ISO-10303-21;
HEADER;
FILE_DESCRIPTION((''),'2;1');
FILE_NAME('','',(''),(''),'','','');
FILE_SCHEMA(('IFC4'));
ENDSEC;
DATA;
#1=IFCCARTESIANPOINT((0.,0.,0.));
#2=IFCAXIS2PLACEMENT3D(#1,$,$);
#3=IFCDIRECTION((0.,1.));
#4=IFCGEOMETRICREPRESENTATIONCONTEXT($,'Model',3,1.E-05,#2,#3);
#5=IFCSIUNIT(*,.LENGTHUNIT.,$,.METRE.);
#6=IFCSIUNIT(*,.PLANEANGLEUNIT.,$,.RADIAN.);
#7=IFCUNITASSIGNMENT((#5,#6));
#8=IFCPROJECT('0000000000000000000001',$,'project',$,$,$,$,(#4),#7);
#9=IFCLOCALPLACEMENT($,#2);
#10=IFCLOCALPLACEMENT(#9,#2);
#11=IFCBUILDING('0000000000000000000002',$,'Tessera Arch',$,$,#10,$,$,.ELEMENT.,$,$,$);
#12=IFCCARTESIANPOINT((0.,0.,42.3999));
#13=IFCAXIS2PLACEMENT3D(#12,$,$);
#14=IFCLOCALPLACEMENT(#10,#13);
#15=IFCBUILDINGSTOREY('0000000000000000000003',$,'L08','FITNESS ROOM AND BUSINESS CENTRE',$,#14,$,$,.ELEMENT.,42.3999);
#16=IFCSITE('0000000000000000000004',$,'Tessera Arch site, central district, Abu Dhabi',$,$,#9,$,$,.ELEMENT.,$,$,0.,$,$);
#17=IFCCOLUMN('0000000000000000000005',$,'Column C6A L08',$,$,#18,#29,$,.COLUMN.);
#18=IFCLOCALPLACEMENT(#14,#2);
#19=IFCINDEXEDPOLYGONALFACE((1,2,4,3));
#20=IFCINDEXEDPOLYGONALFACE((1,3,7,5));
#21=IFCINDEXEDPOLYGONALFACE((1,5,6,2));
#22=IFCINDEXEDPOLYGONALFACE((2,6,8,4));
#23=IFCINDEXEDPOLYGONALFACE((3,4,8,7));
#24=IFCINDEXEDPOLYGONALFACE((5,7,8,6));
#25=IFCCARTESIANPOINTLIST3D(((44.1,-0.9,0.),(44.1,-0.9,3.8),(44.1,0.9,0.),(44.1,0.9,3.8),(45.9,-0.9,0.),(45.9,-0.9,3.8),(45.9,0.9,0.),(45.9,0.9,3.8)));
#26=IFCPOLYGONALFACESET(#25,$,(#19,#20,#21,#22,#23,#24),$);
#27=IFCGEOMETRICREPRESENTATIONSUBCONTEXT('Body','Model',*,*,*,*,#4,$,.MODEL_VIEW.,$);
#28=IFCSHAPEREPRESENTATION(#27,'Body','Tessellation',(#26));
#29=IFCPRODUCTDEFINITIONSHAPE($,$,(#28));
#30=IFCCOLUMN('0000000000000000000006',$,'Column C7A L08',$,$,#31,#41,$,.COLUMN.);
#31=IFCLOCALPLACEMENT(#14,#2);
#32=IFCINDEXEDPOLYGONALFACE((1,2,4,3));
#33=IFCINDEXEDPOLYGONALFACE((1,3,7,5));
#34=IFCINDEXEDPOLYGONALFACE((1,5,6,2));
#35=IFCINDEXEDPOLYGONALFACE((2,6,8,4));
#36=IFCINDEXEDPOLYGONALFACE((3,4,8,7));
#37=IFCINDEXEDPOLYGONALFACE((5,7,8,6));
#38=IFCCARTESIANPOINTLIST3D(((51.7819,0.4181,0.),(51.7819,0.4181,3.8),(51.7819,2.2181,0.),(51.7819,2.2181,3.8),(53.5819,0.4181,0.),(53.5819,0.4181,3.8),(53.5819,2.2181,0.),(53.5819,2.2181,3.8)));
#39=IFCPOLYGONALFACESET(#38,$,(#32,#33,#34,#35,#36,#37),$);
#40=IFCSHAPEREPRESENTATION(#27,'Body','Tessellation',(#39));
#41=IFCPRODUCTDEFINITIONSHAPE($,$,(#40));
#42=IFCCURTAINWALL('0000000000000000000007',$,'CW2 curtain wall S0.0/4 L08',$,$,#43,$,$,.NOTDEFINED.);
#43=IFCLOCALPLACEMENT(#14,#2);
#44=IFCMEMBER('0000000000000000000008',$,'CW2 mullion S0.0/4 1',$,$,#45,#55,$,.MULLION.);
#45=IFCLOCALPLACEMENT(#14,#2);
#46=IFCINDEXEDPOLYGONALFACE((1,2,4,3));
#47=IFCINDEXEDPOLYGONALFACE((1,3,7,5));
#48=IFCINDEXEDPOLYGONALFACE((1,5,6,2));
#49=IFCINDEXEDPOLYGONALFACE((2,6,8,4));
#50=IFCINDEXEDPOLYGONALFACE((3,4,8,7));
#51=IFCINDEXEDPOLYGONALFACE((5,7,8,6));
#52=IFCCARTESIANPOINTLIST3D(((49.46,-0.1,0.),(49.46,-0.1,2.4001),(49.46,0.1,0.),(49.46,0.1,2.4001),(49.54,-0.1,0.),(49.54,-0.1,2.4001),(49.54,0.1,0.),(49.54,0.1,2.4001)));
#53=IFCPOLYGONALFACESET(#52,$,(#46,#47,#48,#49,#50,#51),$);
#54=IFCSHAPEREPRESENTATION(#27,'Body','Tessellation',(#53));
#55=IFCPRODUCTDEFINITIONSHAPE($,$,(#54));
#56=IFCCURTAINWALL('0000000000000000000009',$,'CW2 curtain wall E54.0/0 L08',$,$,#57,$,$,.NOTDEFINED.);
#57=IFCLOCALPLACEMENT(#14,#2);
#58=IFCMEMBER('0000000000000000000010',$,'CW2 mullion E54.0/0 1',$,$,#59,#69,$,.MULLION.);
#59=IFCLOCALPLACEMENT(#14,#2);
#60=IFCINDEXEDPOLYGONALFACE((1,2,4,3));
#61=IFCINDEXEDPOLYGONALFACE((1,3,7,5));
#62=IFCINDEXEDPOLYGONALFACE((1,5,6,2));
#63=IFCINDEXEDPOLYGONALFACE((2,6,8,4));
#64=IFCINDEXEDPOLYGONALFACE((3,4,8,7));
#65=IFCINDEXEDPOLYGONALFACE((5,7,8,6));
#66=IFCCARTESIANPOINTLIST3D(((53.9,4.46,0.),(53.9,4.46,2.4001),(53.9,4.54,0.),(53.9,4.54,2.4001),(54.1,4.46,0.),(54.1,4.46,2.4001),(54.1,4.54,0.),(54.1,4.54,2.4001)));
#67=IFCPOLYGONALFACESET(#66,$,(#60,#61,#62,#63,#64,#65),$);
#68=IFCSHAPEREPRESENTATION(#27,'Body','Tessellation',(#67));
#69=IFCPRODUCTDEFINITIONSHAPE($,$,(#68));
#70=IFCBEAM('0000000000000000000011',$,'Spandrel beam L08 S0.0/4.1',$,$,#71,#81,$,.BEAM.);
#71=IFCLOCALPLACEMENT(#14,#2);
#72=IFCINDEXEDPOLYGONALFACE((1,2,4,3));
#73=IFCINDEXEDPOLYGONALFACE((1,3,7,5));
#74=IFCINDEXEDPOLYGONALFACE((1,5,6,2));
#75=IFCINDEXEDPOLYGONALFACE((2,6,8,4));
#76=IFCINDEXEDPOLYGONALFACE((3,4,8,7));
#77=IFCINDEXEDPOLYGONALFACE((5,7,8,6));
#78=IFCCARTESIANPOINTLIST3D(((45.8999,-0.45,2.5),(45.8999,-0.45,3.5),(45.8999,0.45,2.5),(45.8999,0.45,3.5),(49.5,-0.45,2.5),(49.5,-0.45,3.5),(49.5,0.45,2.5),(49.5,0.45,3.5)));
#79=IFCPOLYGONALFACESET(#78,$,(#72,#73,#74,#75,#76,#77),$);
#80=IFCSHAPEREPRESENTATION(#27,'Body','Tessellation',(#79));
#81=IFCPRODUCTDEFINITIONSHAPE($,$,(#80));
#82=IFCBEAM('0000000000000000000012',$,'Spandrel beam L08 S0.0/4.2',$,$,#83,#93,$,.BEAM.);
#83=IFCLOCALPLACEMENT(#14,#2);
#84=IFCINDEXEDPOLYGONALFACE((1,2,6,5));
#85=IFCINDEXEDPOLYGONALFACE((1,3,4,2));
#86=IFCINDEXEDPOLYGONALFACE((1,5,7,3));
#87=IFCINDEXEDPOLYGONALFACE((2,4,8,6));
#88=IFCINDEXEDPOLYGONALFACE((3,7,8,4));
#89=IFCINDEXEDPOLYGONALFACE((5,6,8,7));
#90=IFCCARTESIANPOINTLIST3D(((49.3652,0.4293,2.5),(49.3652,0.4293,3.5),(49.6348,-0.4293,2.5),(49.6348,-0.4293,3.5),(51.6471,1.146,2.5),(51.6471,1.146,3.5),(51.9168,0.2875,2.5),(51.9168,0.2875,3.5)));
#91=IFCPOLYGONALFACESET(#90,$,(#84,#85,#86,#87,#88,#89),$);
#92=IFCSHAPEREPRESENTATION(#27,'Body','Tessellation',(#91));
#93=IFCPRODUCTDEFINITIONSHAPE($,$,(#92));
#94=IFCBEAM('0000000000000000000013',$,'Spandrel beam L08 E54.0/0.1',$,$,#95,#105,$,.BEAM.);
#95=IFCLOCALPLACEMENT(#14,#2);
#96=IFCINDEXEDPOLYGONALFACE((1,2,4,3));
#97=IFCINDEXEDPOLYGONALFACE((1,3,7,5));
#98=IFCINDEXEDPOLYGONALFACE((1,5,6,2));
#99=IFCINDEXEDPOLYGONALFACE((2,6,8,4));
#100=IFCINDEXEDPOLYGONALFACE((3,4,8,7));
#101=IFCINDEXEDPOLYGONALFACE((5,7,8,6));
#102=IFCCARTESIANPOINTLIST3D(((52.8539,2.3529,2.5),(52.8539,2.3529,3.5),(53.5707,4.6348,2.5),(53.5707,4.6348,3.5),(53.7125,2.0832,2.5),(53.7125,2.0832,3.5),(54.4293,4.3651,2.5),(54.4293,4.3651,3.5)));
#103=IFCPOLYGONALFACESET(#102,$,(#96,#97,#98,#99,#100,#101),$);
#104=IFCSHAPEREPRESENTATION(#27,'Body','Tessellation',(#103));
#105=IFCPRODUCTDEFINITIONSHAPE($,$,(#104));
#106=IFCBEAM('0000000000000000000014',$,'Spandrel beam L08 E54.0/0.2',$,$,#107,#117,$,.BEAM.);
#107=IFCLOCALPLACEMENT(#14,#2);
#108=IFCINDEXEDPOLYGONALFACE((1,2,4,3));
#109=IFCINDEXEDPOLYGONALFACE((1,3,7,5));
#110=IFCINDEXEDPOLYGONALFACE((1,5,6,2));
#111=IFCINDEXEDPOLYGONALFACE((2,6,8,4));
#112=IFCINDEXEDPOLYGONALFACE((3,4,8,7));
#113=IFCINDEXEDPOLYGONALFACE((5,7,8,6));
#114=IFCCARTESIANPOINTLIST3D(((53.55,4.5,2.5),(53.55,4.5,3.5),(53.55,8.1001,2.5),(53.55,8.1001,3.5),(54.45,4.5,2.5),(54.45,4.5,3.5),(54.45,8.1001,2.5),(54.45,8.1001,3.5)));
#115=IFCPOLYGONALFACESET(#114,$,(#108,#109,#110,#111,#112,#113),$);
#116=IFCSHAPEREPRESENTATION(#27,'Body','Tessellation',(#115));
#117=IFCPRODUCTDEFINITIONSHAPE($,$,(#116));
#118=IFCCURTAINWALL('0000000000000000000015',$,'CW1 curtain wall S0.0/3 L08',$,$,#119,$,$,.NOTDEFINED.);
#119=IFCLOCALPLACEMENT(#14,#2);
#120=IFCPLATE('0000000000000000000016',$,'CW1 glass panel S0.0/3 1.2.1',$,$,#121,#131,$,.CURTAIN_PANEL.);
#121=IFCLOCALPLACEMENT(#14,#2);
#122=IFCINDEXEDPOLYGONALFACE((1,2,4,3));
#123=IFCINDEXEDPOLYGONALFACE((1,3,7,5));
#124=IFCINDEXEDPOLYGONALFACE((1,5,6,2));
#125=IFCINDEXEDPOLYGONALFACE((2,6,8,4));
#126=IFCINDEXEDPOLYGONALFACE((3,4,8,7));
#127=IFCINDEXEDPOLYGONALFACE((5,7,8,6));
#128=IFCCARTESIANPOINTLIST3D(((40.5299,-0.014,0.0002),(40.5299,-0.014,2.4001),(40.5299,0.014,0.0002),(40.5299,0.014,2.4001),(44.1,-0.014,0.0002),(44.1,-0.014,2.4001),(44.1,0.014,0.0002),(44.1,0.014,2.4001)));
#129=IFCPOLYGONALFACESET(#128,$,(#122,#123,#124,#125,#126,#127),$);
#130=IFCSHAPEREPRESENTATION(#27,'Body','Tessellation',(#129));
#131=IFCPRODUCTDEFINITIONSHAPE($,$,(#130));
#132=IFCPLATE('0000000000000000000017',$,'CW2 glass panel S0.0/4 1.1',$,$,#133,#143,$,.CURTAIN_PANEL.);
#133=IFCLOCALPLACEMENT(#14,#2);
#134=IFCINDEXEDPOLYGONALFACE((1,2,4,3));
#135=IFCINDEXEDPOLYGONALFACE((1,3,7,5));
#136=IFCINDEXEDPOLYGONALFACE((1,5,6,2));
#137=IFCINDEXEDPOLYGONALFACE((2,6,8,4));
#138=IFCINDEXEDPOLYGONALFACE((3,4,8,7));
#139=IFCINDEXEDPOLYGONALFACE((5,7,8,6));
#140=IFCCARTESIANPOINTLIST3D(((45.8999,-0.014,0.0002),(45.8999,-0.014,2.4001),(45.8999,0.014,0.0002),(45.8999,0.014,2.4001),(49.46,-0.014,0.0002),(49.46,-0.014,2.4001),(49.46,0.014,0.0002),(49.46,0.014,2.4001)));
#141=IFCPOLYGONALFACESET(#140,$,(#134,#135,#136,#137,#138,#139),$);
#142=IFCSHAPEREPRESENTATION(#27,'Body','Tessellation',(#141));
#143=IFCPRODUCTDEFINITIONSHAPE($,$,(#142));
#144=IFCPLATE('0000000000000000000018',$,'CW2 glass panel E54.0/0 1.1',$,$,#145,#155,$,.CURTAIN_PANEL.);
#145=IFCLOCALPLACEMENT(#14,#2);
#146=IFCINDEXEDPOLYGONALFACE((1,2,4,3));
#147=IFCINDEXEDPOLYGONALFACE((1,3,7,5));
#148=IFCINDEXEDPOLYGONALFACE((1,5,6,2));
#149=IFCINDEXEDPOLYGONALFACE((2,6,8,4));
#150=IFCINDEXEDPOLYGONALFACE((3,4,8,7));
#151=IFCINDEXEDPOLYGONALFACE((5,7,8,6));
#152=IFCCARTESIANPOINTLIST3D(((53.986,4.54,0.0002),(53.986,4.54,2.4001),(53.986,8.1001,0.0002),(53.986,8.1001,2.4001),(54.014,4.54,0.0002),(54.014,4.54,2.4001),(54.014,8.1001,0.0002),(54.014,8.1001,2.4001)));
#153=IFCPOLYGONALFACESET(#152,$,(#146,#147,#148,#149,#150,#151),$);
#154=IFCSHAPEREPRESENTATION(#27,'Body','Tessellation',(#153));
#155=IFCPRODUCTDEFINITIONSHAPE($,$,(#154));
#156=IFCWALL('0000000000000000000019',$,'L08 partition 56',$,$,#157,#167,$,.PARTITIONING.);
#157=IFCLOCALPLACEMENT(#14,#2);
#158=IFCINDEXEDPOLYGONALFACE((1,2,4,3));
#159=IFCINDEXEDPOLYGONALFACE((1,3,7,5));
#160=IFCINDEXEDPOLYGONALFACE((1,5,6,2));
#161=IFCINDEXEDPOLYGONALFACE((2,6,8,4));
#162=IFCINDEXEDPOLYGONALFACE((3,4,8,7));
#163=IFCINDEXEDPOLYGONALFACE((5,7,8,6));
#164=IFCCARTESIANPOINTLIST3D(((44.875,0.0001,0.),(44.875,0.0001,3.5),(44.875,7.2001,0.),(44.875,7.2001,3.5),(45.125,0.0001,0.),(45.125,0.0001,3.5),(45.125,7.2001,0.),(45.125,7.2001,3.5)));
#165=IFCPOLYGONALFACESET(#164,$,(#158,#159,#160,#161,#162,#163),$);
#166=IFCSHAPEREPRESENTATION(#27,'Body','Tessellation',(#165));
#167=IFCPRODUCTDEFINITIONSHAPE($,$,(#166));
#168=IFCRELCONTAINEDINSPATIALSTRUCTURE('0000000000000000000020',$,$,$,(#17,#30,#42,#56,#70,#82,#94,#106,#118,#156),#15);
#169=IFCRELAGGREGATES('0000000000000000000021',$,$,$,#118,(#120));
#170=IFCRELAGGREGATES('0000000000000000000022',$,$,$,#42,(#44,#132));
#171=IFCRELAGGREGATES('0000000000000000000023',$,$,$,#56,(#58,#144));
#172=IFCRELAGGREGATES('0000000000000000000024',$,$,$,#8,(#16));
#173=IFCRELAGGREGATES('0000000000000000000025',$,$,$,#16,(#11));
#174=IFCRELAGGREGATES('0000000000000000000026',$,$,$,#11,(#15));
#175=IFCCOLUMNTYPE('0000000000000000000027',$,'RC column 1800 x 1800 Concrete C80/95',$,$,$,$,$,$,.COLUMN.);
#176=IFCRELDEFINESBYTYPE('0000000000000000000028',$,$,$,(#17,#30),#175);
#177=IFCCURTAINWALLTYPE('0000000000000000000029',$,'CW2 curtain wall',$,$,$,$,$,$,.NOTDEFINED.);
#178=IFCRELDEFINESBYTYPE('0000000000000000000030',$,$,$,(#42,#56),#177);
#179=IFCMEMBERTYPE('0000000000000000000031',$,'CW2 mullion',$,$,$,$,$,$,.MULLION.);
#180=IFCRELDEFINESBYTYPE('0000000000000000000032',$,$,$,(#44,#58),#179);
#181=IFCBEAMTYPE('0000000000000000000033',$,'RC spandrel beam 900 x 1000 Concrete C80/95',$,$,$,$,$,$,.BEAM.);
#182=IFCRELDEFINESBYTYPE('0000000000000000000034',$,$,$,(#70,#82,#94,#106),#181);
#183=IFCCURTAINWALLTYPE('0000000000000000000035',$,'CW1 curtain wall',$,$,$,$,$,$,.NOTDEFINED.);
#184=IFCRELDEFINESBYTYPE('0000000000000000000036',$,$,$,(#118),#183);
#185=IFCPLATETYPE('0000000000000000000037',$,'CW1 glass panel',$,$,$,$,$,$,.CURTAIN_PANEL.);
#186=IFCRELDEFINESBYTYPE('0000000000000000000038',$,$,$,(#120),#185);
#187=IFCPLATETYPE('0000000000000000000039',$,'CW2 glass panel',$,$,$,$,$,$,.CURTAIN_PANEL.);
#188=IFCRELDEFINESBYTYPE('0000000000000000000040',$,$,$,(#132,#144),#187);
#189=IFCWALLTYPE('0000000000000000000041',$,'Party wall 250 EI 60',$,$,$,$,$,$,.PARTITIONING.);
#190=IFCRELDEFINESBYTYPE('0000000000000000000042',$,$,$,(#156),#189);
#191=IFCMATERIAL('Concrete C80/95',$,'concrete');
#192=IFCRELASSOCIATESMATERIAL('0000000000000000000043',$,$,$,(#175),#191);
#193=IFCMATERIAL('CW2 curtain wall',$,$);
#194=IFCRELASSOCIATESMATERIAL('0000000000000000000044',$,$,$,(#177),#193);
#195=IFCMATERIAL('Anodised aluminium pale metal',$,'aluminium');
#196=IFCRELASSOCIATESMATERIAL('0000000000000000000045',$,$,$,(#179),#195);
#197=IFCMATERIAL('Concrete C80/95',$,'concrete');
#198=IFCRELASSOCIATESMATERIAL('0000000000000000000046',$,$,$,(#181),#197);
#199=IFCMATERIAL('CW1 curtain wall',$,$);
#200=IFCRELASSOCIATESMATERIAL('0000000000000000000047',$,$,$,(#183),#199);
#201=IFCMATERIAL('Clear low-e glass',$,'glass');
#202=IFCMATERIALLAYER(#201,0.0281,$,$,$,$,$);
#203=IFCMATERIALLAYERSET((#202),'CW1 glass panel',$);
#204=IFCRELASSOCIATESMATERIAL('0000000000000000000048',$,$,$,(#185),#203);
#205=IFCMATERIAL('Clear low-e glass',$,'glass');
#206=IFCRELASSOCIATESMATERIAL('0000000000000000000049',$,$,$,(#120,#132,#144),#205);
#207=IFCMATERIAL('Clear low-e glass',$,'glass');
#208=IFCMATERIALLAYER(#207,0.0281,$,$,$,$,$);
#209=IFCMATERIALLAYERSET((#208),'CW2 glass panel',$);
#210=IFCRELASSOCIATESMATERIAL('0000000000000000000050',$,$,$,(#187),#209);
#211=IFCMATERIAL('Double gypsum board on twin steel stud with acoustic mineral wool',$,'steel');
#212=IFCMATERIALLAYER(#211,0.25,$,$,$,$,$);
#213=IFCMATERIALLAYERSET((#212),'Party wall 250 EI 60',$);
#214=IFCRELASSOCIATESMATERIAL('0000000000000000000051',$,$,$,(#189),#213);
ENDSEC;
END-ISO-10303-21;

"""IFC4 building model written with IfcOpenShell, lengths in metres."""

from ifc_helpers import new_model, si_unit, direction, frame, frame_2d, origin, origin_2d, place, context, subcontext, project, spatial, rectangle, extrude, material, layer, layer_set, material_profile, profile_set, type_object, element, aggregate, save


model = new_model("IFC4")

# Units and contexts
model_context = context("Model", 3, precision=1e-05, world=origin(), true_north=direction((0.0, 1.0)))
body_context = subcontext(model_context, "Body", "Model", "MODEL_VIEW")
ifc_project = project(units=[si_unit("LENGTHUNIT", "METRE"), si_unit("PLANEANGLEUNIT", "RADIAN")], contexts=[model_context])

# Site, building, storey
site_placement = place(None, origin())
site = spatial("IfcSite", under=ifc_project, at=site_placement, Name="Tessera Arch site, central district, Abu Dhabi", CompositionType="ELEMENT", RefElevation=0.0)
building_placement = place(site_placement, origin())
building = spatial("IfcBuilding", under=site, at=building_placement, Name="Tessera Arch", CompositionType="ELEMENT")
storey_placement = place(building_placement, frame((0.0, 0.0, 42.3999)))
storey = spatial("IfcBuildingStorey", under=building, at=storey_placement, Name="L08", Description="FITNESS ROOM AND BUSINESS CENTRE", CompositionType="ELEMENT", Elevation=42.3999)

# Columns
ifc_material_1 = material(Name="Concrete C80/95", Category="concrete")
ifc_material_profile_1 = material_profile(ifc_material_1, rectangle(XDim=1.8, YDim=1.8, at=origin_2d()), Name="RC column 1800 x 1800 Concrete C80/95")
ifc_profile_set_1 = profile_set([ifc_material_profile_1], Name="Concrete C80/95")
column_type = type_object("IfcColumnType", Name="RC column 1800 x 1800 Concrete C80/95", PredefinedType="COLUMN", material=ifc_profile_set_1)
for number, where, z_axis, x_axis, name in (
    (1, (45.0, 0.0, 0.0), (0.0, 0.0, 1.0), (1.0, 0.0, 0.0), "Column C6A L08"),
    (2, (52.6819, 1.3181, 0.0), (0.0, 0.0, 1.0), (1.0, 0.0, 0.0), "Column C7A L08"),
):
    element("IfcColumn", number, at=place(storey_placement, frame(where, z_axis=z_axis, x_axis=x_axis)), inside=storey, type_object=column_type, Name=name, PredefinedType="COLUMN", context=body_context, shape_type="SweptSolid", body=[
        extrude(rectangle(XDim=1.8, YDim=1.8, at=origin_2d()), origin(), (0.0, 0.0, 1.0), 3.8),
    ])

# Curtain walls, members
ifc_material_2 = material(Name="CW2 curtain wall")
curtain_wall_type_1 = type_object("IfcCurtainWallType", Name="CW2 curtain wall", PredefinedType="NOTDEFINED", material=ifc_material_2)
curtain_wall_1_placement = place(storey_placement, origin())
curtain_wall_1 = element("IfcCurtainWall", 3, at=curtain_wall_1_placement, inside=storey, type_object=curtain_wall_type_1, Name="CW2 curtain wall S0.0/4 L08", PredefinedType="NOTDEFINED")
ifc_material_3 = material(Name="Anodised aluminium pale metal", Category="aluminium")
ifc_material_profile_2 = material_profile(ifc_material_3, rectangle(XDim=0.2, YDim=0.0801, at=origin_2d()), Name="AL 80x200")
ifc_profile_set_2 = profile_set([ifc_material_profile_2], Name="Anodised aluminium pale metal")
member_type = type_object("IfcMemberType", Name="CW2 mullion", PredefinedType="MULLION", material=ifc_profile_set_2)
member_1_placement = place(storey_placement, frame((49.5, 0.0, 0.0), z_axis=(0.0, 0.0, 1.0), x_axis=(0.0, 1.0, 0.0)))
member_1 = element("IfcMember", 4, at=member_1_placement, type_object=member_type, Name="CW2 mullion S0.0/4 1", PredefinedType="MULLION", context=body_context, shape_type="SweptSolid", body=[
    extrude(rectangle(XDim=0.2, YDim=0.0801, at=origin_2d()), origin(), (0.0, 0.0, 1.0), 2.4001),
])
curtain_wall_2_placement = place(storey_placement, origin())
curtain_wall_2 = element("IfcCurtainWall", 5, at=curtain_wall_2_placement, inside=storey, type_object=curtain_wall_type_1, Name="CW2 curtain wall E54.0/0 L08", PredefinedType="NOTDEFINED")
member_2_placement = place(storey_placement, frame((54.0, 4.5, 0.0), z_axis=(0.0, 0.0, 1.0), x_axis=(-1.0, 0.0, 0.0)))
member_2 = element("IfcMember", 6, at=member_2_placement, type_object=member_type, Name="CW2 mullion E54.0/0 1", PredefinedType="MULLION", context=body_context, shape_type="SweptSolid", body=[
    extrude(rectangle(XDim=0.2, YDim=0.0801, at=origin_2d()), origin(), (0.0, 0.0, 1.0), 2.4001),
])

# Beams
ifc_material_4 = material(Name="Concrete C80/95", Category="concrete")
ifc_material_profile_3 = material_profile(ifc_material_4, rectangle(XDim=0.8999, YDim=1.0, at=origin_2d()), Name="RC spandrel beam 900 x 1000 Concrete C80/95")
ifc_profile_set_3 = profile_set([ifc_material_profile_3], Name="Concrete C80/95")
beam_type = type_object("IfcBeamType", Name="RC spandrel beam 900 x 1000 Concrete C80/95", PredefinedType="BEAM", material=ifc_profile_set_3)
beam_1_placement = place(storey_placement, frame((45.8999, 0.0, 3.0), z_axis=(1.0, 0.0, 0.0), x_axis=(0.0, 1.0, 0.0)))
element("IfcBeam", 7, at=beam_1_placement, inside=storey, type_object=beam_type, Name="Spandrel beam L08 S0.0/4.1", PredefinedType="BEAM", context=body_context, shape_type="SweptSolid", body=[
    extrude(rectangle(XDim=0.8999, YDim=1.0, at=origin_2d()), origin(), (0.0, 0.0, 1.0), 3.6001),
])
for number, where, z_axis, x_axis, name in (
    (8, (49.5, 0.0, 3.0), (0.954041, 0.299675, 0.0), (-0.299675, 0.954041, 0.0), "Spandrel beam L08 S0.0/4.2"),
    (9, (53.2832, 2.218, 3.0), (0.299675, 0.954041, 0.0), (-0.954041, 0.299675, 0.0), "Spandrel beam L08 E54.0/0.1"),
):
    element("IfcBeam", number, at=place(storey_placement, frame(where, z_axis=z_axis, x_axis=x_axis)), inside=storey, type_object=beam_type, Name=name, PredefinedType="BEAM", context=body_context, shape_type="SweptSolid", body=[
        extrude(rectangle(XDim=0.8999, YDim=1.0, at=origin_2d()), origin(), (0.0, 0.0, 1.0), 2.3918),
    ])
beam_2_placement = place(storey_placement, frame((54.0, 4.5, 3.0), z_axis=(0.0, 1.0, 0.0), x_axis=(-1.0, 0.0, 0.0)))
element("IfcBeam", 10, at=beam_2_placement, inside=storey, type_object=beam_type, Name="Spandrel beam L08 E54.0/0.2", PredefinedType="BEAM", context=body_context, shape_type="SweptSolid", body=[
    extrude(rectangle(XDim=0.8999, YDim=1.0, at=origin_2d()), origin(), (0.0, 0.0, 1.0), 3.6001),
])

# Curtain wall, plate
ifc_material_5 = material(Name="CW1 curtain wall")
curtain_wall_type_2 = type_object("IfcCurtainWallType", Name="CW1 curtain wall", PredefinedType="NOTDEFINED", material=ifc_material_5)
curtain_wall_3_placement = place(storey_placement, origin())
curtain_wall_3 = element("IfcCurtainWall", 11, at=curtain_wall_3_placement, inside=storey, type_object=curtain_wall_type_2, Name="CW1 curtain wall S0.0/3 L08", PredefinedType="NOTDEFINED")
ifc_material_6 = material(Name="Clear low-e glass", Category="glass")
ifc_material_7 = material(Name="Clear low-e glass", Category="glass")
ifc_layer_1 = layer(ifc_material_7, 0.0281)
ifc_layer_set_1 = layer_set([ifc_layer_1], Name="CW1 glass panel")
plate_type_1 = type_object("IfcPlateType", Name="CW1 glass panel", PredefinedType="CURTAIN_PANEL", material=ifc_layer_set_1)
plate_1_placement = place(storey_placement, frame((42.3149, 0.0, 0.0002), z_axis=(0.0, 0.0, 1.0), x_axis=(1.0, 0.0, 0.0)))
plate_1 = element("IfcPlate", 12, at=plate_1_placement, type_object=plate_type_1, material=ifc_material_6, Name="CW1 glass panel S0.0/3 1.2.1", PredefinedType="CURTAIN_PANEL", context=body_context, shape_type="SweptSolid", body=[
    extrude(rectangle(XDim=3.5701, YDim=0.0281, at=origin_2d()), origin(), (0.0, 0.0, 1.0), 2.3999),
])
aggregate(curtain_wall_3, [plate_1])

# Plates
ifc_material_8 = material(Name="Clear low-e glass", Category="glass")
ifc_layer_2 = layer(ifc_material_8, 0.0281)
ifc_layer_set_2 = layer_set([ifc_layer_2], Name="CW2 glass panel")
plate_type_2 = type_object("IfcPlateType", Name="CW2 glass panel", PredefinedType="CURTAIN_PANEL", material=ifc_layer_set_2)
plate_2_placement = place(storey_placement, frame((47.6799, 0.0, 0.0002), z_axis=(0.0, 0.0, 1.0), x_axis=(1.0, 0.0, 0.0)))
plate_2 = element("IfcPlate", 13, at=plate_2_placement, type_object=plate_type_2, material=ifc_material_6, Name="CW2 glass panel S0.0/4 1.1", PredefinedType="CURTAIN_PANEL", context=body_context, shape_type="SweptSolid", body=[
    extrude(rectangle(XDim=3.5601, YDim=0.0281, at=origin_2d()), origin(), (0.0, 0.0, 1.0), 2.3999),
])
aggregate(curtain_wall_1, [member_1, plate_2])
plate_3_placement = place(storey_placement, frame((54.0, 6.3201, 0.0002), z_axis=(0.0, 0.0, 1.0), x_axis=(0.0, 1.0, 0.0)))
plate_3 = element("IfcPlate", 14, at=plate_3_placement, type_object=plate_type_2, material=ifc_material_6, Name="CW2 glass panel E54.0/0 1.1", PredefinedType="CURTAIN_PANEL", context=body_context, shape_type="SweptSolid", body=[
    extrude(rectangle(XDim=3.5601, YDim=0.0281, at=origin_2d()), origin(), (0.0, 0.0, 1.0), 2.3999),
])
aggregate(curtain_wall_2, [member_2, plate_3])

# Wall
ifc_material_9 = material(Name="Double gypsum board on twin steel stud with acoustic mineral wool", Category="steel")
ifc_layer_3 = layer(ifc_material_9, 0.25)
ifc_layer_set_3 = layer_set([ifc_layer_3], Name="Party wall 250 EI 60")
wall_type_1 = type_object("IfcWallType", Name="Party wall 250 EI 60", PredefinedType="PARTITIONING", material=ifc_layer_set_3)
wall_1_placement = place(storey_placement, frame((45.0, 0.0, 0.0), z_axis=(0.0, 0.0, 1.0), x_axis=(0.0, 1.0, 0.0)))
element("IfcWall", 15, at=wall_1_placement, inside=storey, type_object=wall_type_1, Name="L08 partition 56", PredefinedType="PARTITIONING", context=body_context, shape_type="SweptSolid", body=[
    extrude(rectangle(XDim=7.2, YDim=0.25, at=frame_2d((3.6001, 0.0))), origin(), (0.0, 0.0, 1.0), 3.5),
])

save(model, "model.ifc")
